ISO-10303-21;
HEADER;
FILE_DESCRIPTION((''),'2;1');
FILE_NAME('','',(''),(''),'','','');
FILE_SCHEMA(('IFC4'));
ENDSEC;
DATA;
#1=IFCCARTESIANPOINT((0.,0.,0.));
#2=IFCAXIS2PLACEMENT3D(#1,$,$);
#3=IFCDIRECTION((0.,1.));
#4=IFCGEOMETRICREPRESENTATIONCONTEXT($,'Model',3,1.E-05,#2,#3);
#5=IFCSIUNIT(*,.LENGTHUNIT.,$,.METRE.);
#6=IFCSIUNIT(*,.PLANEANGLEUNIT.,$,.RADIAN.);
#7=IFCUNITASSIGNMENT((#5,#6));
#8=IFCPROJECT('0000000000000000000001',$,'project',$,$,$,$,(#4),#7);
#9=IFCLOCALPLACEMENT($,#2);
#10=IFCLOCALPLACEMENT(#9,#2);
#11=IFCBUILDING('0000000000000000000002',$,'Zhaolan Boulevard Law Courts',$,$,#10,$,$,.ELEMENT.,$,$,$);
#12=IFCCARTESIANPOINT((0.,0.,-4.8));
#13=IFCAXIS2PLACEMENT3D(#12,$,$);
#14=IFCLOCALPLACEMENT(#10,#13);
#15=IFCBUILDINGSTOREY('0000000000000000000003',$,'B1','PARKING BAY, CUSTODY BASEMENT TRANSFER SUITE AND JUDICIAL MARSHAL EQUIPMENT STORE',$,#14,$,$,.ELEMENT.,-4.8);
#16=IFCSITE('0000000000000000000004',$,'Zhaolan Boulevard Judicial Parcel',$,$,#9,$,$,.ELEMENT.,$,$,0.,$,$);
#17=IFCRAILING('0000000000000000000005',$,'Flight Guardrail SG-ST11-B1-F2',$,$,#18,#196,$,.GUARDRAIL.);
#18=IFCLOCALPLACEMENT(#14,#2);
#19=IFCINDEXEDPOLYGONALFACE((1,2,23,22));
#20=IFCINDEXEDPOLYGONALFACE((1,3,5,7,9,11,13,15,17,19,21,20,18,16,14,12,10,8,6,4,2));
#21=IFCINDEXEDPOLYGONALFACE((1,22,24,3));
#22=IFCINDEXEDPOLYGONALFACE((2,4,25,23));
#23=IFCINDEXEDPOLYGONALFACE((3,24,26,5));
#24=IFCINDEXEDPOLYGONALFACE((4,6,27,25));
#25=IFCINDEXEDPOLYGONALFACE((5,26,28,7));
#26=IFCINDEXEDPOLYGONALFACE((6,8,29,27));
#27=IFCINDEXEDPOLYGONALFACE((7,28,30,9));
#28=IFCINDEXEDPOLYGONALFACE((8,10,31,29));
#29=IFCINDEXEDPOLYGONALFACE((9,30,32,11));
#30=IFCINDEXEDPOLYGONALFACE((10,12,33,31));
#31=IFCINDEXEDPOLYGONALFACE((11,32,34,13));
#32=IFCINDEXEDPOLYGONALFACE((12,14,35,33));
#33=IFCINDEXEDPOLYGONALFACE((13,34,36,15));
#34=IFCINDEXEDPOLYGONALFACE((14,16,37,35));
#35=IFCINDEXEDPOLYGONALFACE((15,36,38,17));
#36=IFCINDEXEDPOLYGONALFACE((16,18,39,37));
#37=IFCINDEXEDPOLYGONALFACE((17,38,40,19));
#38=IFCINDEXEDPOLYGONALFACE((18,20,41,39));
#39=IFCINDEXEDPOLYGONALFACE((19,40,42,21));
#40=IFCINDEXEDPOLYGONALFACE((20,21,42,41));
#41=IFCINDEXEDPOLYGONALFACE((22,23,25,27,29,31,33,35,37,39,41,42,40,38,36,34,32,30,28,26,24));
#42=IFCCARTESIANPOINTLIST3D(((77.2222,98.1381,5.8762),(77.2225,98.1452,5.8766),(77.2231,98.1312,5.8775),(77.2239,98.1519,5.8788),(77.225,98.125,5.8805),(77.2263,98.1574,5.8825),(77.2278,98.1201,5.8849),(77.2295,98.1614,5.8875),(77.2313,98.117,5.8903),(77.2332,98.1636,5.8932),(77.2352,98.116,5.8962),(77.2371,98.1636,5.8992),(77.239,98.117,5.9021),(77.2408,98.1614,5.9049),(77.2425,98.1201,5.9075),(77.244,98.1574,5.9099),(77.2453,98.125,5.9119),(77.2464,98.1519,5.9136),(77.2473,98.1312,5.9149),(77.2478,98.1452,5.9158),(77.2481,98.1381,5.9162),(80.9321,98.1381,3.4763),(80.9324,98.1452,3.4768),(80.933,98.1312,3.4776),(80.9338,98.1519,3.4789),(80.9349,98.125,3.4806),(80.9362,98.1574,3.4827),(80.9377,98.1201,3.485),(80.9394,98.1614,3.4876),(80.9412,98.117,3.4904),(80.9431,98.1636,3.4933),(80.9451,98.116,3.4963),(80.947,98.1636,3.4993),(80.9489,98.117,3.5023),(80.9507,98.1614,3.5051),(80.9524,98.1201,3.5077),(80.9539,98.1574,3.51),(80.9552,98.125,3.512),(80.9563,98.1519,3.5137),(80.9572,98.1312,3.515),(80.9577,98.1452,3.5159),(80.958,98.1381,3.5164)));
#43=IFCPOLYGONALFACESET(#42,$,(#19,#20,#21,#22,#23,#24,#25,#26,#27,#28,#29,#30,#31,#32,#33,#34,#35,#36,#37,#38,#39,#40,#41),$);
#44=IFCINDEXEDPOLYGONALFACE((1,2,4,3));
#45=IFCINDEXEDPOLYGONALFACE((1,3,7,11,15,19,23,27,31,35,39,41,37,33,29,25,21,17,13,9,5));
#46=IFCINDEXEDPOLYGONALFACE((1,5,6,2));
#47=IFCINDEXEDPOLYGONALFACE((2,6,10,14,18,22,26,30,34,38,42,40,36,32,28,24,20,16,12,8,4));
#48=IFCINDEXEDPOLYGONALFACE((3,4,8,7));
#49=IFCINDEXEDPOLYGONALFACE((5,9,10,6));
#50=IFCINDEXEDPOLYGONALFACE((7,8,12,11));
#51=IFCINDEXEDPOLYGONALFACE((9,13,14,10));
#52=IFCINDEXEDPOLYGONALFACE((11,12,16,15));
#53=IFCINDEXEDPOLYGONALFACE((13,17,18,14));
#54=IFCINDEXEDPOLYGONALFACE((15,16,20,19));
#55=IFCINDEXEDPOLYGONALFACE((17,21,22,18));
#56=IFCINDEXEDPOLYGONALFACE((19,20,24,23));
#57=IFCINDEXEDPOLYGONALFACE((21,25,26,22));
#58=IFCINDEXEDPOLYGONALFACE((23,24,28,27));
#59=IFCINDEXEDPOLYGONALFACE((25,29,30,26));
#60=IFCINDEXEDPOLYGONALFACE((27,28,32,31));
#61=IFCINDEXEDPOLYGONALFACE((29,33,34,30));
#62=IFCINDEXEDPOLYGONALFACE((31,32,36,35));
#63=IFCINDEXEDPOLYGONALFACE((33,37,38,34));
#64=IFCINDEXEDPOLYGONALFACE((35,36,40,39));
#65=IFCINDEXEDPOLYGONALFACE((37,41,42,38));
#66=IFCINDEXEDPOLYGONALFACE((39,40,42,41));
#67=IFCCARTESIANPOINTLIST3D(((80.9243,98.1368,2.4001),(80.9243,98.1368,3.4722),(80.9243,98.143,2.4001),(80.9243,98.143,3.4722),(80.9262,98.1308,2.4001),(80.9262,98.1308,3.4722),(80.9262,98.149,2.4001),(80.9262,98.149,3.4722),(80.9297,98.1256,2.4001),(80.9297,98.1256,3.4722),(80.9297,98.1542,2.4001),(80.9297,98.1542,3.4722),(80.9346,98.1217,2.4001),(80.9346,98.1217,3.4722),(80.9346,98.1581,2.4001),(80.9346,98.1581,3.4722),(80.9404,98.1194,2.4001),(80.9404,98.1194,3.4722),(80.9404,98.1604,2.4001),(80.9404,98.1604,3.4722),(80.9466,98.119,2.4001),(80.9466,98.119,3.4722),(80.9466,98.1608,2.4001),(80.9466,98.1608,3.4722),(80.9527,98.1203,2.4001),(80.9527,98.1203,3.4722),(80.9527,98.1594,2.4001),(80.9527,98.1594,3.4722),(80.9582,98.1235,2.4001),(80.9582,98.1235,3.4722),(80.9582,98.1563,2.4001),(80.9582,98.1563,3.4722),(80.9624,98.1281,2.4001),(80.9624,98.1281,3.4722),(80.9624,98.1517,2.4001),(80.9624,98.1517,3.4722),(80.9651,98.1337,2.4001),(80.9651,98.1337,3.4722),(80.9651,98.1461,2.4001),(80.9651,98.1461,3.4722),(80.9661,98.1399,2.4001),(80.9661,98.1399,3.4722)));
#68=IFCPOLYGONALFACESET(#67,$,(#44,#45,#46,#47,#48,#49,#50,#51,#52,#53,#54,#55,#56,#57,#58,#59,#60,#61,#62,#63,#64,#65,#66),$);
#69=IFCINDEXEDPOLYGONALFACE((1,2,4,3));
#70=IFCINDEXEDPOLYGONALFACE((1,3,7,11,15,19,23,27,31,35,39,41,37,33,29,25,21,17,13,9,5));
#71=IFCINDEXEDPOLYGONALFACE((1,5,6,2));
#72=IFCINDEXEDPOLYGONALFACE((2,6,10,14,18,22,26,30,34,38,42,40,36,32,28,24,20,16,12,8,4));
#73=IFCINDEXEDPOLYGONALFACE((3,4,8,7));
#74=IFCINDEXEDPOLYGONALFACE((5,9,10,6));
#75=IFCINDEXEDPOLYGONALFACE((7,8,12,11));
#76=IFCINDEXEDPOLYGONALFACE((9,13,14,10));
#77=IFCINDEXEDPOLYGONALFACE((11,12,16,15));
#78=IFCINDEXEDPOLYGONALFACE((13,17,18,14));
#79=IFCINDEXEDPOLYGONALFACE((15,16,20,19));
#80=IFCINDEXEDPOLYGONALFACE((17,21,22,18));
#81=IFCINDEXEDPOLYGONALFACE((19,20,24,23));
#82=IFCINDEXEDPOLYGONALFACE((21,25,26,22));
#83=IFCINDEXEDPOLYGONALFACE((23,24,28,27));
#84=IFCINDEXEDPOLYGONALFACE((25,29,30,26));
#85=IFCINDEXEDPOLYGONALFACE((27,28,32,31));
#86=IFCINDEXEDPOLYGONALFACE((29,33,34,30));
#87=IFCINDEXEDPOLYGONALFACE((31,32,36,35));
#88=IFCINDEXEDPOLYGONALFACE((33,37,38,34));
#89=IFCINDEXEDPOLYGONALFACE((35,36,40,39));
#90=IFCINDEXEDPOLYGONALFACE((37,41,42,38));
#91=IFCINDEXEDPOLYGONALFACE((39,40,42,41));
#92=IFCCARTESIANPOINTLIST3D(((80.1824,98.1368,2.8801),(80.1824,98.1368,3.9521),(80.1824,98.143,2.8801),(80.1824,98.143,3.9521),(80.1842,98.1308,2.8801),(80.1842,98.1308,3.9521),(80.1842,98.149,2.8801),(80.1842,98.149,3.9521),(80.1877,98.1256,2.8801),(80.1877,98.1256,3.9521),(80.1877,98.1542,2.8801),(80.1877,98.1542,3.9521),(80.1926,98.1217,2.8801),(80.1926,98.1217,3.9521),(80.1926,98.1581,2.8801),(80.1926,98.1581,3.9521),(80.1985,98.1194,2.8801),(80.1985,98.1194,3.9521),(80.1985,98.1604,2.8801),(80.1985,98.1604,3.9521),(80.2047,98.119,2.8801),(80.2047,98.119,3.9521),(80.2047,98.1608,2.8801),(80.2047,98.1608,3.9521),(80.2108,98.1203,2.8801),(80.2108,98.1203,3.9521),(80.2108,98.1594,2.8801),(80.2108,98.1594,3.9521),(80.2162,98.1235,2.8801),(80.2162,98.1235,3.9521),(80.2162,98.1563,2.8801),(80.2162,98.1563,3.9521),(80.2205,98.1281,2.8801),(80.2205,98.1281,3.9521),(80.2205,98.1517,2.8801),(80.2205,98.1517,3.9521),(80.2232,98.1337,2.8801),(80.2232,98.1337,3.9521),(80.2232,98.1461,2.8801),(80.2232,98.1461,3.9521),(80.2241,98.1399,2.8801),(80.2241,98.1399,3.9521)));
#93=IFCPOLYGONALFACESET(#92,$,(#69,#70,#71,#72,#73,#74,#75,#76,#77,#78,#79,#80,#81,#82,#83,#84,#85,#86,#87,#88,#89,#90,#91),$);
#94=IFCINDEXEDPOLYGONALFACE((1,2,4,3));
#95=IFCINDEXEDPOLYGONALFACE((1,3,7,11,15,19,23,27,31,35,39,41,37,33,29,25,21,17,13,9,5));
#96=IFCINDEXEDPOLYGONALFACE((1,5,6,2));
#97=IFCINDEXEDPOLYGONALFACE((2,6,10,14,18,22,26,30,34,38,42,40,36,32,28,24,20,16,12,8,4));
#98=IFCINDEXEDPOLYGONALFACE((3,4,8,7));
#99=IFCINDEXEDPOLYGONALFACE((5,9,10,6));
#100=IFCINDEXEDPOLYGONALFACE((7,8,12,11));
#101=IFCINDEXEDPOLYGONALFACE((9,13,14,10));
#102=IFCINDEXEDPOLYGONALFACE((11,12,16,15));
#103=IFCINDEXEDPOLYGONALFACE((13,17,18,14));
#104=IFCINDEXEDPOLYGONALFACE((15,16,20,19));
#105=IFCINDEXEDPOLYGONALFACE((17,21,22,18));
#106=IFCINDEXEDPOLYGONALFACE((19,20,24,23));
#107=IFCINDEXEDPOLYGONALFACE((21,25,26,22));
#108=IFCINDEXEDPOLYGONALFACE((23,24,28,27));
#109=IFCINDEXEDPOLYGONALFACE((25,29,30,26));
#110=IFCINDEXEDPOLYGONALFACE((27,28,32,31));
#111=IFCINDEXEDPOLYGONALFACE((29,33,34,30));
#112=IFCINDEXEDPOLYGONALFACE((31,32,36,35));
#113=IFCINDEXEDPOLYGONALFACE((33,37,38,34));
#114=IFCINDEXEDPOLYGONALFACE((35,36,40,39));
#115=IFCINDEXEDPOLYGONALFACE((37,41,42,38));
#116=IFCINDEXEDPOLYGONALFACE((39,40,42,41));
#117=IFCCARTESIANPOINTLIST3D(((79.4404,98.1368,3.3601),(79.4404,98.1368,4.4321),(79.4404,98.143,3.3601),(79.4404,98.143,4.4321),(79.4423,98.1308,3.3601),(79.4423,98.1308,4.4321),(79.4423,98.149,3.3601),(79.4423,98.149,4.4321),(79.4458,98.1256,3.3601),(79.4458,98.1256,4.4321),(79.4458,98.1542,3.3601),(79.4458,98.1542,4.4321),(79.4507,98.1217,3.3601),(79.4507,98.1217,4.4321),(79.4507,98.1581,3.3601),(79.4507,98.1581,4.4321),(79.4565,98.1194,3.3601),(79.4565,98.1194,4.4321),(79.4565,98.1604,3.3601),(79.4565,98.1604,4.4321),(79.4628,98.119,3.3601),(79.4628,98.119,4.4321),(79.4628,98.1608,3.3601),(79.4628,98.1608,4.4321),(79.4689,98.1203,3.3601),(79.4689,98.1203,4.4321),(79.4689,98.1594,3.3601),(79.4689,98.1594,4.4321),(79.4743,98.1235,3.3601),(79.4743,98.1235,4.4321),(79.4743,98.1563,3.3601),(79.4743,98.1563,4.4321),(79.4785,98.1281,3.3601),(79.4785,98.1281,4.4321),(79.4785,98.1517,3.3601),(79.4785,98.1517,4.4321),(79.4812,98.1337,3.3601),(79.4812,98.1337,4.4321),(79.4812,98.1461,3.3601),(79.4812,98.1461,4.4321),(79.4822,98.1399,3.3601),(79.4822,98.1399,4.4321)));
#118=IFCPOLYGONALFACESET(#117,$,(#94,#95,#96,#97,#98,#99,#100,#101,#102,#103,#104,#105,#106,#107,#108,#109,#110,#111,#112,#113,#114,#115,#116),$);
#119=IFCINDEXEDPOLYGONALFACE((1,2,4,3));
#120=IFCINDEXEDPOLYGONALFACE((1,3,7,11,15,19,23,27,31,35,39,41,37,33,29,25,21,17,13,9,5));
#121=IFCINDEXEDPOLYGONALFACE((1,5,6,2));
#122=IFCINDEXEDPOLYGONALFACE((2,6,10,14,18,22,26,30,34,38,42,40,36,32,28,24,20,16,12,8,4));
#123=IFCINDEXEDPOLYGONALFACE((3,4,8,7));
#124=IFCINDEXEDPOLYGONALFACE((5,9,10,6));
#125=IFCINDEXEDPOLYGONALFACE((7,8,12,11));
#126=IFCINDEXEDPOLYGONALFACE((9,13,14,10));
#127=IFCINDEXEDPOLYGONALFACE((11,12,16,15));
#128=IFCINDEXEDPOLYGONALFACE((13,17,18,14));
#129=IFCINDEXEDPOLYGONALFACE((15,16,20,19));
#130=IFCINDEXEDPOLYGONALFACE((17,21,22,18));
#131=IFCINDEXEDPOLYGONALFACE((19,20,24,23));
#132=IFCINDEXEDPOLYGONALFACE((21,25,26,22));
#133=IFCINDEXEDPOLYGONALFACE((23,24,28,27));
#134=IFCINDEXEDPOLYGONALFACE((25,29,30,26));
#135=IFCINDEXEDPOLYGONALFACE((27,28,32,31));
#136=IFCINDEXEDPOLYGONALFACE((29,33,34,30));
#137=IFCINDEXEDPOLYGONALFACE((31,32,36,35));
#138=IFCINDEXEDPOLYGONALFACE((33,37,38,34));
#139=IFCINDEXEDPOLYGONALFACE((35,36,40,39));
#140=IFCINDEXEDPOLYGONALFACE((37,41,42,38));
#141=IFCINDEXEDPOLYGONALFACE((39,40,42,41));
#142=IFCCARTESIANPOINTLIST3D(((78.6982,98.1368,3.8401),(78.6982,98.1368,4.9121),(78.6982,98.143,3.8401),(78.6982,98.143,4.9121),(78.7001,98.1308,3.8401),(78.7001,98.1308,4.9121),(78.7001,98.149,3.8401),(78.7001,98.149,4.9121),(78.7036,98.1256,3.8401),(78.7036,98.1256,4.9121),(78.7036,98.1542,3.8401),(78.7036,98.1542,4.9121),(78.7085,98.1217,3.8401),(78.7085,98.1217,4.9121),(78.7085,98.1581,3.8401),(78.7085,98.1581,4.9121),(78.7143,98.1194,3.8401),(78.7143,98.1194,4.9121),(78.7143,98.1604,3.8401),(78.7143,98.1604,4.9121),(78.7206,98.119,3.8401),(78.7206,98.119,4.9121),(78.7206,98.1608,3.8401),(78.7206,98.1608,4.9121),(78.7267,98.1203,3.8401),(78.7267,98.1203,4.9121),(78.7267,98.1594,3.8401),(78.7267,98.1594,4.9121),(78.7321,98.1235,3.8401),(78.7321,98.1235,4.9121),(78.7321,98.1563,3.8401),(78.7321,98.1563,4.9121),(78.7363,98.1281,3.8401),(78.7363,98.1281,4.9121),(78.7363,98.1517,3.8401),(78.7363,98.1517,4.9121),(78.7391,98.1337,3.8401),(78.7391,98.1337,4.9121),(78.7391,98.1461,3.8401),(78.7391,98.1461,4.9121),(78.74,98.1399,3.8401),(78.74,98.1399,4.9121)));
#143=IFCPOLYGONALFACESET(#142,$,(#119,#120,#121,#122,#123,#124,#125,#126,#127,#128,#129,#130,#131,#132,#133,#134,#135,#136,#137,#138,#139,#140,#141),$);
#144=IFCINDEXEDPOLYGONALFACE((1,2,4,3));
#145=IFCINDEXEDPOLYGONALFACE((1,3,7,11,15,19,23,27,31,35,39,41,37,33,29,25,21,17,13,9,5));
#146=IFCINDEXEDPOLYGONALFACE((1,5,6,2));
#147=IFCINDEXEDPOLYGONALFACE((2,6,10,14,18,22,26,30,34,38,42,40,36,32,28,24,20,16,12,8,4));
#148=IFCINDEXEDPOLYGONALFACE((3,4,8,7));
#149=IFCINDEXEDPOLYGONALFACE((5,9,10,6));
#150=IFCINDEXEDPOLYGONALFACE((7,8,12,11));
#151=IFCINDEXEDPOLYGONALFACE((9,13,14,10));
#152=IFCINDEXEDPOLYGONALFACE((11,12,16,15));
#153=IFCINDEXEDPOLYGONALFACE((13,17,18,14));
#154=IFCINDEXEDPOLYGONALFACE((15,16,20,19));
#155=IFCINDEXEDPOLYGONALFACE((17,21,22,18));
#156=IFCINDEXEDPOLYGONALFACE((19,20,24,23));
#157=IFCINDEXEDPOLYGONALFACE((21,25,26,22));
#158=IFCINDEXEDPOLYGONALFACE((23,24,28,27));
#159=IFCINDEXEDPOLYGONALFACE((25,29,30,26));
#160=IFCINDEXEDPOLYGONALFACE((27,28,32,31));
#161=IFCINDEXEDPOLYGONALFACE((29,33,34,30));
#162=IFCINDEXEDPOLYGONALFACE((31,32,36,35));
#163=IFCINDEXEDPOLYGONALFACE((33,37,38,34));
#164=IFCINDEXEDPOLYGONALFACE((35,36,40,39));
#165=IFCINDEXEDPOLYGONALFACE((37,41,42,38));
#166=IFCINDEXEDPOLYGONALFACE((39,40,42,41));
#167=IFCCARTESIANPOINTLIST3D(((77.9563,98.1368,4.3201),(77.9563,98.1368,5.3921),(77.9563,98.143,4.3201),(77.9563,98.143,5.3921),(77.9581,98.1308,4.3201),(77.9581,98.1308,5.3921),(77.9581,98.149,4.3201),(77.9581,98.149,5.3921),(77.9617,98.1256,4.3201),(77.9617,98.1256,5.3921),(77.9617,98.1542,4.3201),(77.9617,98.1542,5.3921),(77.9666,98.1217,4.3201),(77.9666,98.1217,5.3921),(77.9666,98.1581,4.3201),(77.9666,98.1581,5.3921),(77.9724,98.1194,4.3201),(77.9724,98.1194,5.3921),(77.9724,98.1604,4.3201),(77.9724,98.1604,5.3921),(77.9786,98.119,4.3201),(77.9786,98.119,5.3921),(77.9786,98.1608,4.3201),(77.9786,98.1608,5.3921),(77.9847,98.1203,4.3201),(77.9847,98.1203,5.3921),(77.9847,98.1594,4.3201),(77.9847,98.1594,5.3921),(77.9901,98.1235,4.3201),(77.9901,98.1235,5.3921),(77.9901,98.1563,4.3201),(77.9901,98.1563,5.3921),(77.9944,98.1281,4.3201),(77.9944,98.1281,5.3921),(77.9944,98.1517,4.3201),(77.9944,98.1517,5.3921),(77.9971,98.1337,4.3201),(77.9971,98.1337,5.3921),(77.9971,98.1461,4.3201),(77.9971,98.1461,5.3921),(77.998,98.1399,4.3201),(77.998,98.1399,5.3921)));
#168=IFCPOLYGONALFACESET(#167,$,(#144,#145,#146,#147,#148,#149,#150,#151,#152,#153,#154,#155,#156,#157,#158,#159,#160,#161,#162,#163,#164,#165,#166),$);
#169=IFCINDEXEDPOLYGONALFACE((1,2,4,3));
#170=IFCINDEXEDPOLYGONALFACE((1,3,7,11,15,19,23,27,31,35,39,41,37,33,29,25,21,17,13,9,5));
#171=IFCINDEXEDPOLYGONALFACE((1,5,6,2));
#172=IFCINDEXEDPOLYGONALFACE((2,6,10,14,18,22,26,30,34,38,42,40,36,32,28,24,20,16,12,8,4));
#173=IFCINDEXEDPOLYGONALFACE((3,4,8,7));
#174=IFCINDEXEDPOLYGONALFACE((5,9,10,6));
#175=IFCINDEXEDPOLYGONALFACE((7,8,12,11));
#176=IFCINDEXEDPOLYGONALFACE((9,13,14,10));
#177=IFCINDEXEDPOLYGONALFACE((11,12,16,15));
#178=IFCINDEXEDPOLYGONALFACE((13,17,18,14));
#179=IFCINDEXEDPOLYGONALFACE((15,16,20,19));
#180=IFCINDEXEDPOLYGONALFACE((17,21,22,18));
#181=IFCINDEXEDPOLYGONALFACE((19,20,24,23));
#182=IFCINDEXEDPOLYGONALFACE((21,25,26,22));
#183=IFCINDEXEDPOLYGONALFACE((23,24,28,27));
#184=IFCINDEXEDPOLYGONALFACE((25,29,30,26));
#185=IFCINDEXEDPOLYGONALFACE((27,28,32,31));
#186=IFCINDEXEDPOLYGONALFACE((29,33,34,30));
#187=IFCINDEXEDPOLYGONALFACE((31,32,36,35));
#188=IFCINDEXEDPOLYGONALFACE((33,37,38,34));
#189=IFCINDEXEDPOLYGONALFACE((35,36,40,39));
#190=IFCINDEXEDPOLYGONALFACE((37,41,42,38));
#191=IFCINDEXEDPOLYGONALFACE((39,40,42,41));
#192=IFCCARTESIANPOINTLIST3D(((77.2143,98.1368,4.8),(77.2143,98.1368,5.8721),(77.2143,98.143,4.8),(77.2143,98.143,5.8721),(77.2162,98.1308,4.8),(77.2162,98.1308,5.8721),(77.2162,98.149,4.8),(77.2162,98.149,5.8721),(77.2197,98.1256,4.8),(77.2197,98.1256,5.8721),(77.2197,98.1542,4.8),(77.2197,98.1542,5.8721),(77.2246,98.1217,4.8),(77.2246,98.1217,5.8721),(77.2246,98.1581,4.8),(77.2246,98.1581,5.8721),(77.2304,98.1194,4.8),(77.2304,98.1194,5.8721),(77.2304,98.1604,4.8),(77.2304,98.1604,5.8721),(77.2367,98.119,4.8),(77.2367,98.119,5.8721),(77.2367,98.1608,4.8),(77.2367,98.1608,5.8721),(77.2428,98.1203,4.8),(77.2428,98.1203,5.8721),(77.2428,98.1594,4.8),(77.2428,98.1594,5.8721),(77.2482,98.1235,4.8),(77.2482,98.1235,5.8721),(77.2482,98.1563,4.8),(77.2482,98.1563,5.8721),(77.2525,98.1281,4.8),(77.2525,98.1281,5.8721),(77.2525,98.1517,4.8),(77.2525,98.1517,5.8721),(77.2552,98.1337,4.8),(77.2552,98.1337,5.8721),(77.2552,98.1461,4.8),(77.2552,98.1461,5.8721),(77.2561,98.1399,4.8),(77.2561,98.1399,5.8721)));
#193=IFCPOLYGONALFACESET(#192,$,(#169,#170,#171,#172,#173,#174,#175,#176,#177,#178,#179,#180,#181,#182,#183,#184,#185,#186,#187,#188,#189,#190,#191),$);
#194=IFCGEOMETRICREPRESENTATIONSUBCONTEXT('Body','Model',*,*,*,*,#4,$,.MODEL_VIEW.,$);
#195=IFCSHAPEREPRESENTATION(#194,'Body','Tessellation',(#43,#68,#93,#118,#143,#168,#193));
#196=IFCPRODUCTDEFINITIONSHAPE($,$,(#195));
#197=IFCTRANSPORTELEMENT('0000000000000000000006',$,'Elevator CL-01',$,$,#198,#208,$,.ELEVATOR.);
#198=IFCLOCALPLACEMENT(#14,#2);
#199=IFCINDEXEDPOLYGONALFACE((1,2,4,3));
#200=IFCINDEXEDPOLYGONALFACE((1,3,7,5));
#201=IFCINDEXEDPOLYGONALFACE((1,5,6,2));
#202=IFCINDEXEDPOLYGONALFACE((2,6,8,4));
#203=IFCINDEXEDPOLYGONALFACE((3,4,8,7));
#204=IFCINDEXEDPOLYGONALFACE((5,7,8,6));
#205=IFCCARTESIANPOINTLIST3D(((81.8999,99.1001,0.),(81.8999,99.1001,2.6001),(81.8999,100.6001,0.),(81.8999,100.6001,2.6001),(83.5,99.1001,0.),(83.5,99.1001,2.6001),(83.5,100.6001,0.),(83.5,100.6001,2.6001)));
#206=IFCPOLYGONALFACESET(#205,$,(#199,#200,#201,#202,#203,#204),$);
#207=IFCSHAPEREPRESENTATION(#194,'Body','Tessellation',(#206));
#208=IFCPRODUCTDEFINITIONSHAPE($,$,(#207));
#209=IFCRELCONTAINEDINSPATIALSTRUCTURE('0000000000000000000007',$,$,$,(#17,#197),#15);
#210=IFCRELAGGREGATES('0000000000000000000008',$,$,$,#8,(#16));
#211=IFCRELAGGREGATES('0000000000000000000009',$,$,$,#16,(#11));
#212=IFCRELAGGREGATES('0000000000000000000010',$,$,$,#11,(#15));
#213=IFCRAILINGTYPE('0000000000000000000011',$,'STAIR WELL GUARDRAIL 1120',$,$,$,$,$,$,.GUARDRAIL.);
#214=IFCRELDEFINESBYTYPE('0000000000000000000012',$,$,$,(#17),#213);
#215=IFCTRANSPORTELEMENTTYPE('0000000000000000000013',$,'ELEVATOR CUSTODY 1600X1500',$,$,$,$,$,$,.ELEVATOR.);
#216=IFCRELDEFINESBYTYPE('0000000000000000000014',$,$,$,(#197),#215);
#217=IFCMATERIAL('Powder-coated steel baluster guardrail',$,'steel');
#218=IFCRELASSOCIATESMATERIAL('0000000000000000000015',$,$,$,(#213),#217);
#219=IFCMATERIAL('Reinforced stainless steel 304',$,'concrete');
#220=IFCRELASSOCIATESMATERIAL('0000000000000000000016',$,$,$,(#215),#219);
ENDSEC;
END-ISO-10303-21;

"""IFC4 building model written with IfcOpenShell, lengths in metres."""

from ifc_helpers import new_model, si_unit, direction, frame, origin, origin_2d, place, context, subcontext, project, spatial, rectangle, circle, extrude, material, type_object, element, save


model = new_model("IFC4")

# Units and contexts
model_context = context("Model", 3, precision=1e-05, world=origin(), true_north=direction((0.0, 1.0)))
body_context = subcontext(model_context, "Body", "Model", "MODEL_VIEW")
ifc_project = project(units=[si_unit("LENGTHUNIT", "METRE"), si_unit("PLANEANGLEUNIT", "RADIAN")], contexts=[model_context])

# Site, building, storey
site_placement = place(None, origin())
site = spatial("IfcSite", under=ifc_project, at=site_placement, Name="Zhaolan Boulevard Judicial Parcel", CompositionType="ELEMENT", RefElevation=0.0)
building_placement = place(site_placement, origin())
building = spatial("IfcBuilding", under=site, at=building_placement, Name="Zhaolan Boulevard Law Courts", CompositionType="ELEMENT")
storey_placement = place(building_placement, frame((0.0, 0.0, -4.8)))
storey = spatial("IfcBuildingStorey", under=building, at=storey_placement, Name="B1", Description="PARKING BAY, CUSTODY BASEMENT TRANSFER SUITE AND JUDICIAL MARSHAL EQUIPMENT STORE", CompositionType="ELEMENT", Elevation=-4.8)

# Railing
ifc_material_1 = material(Name="Powder-coated steel baluster guardrail", Category="steel")
railing_type = type_object("IfcRailingType", Name="STAIR WELL GUARDRAIL 1120", PredefinedType="GUARDRAIL", material=ifc_material_1)
railing_placement = place(storey_placement, frame((80.9451, 98.1399, 2.4001)))
element("IfcRailing", 1, at=railing_placement, inside=storey, type_object=railing_type, Name="Flight Guardrail SG-ST11-B1-F2", PredefinedType="GUARDRAIL", context=body_context, shape_type="SweptSolid", body=[
    extrude(circle(Radius=0.0239, at=origin_2d()), frame((0.0, 0.0, 1.0962), z_axis=(-0.839638, 0.0, 0.543146), x_axis=(0.0, -1.0, 0.0)), (0.0, 0.0, 1.0), 4.4185),
    extrude(circle(Radius=0.021, at=origin_2d()), origin(), (0.0, 0.0, 1.0), 1.072),
    extrude(circle(Radius=0.021, at=origin_2d()), frame((-0.7419, 0.0, 0.48)), (0.0, 0.0, 1.0), 1.072),
    extrude(circle(Radius=0.021, at=origin_2d()), frame((-1.4839, 0.0, 0.96)), (0.0, 0.0, 1.0), 1.072),
    extrude(circle(Radius=0.021, at=origin_2d()), frame((-2.2261, 0.0, 1.4399)), (0.0, 0.0, 1.0), 1.072),
    extrude(circle(Radius=0.021, at=origin_2d()), frame((-2.968, 0.0, 1.9199)), (0.0, 0.0, 1.0), 1.072),
    extrude(circle(Radius=0.021, at=origin_2d()), frame((-3.71, 0.0, 2.3999)), (0.0, 0.0, 1.0), 1.072),
])

# Transport element
ifc_material_2 = material(Name="Reinforced stainless steel 304", Category="concrete")
transport_element_type = type_object("IfcTransportElementType", Name="ELEVATOR CUSTODY 1600X1500", PredefinedType="ELEVATOR", material=ifc_material_2)
for number, where, z_axis, x_axis, name in (
    (2, (82.7, 99.8501, 0.0), (0.0, 0.0, 1.0), (1.0, 0.0, 0.0), "Elevator CL-01"),
):
    element("IfcTransportElement", number, at=place(storey_placement, frame(where, z_axis=z_axis, x_axis=x_axis)), inside=storey, type_object=transport_element_type, Name=name, PredefinedType="ELEVATOR", context=body_context, shape_type="SweptSolid", body=[
        extrude(rectangle(XDim=1.6001, YDim=1.5, at=origin_2d()), origin(), (0.0, 0.0, 1.0), 2.6001),
    ])

save(model, "model.ifc")
